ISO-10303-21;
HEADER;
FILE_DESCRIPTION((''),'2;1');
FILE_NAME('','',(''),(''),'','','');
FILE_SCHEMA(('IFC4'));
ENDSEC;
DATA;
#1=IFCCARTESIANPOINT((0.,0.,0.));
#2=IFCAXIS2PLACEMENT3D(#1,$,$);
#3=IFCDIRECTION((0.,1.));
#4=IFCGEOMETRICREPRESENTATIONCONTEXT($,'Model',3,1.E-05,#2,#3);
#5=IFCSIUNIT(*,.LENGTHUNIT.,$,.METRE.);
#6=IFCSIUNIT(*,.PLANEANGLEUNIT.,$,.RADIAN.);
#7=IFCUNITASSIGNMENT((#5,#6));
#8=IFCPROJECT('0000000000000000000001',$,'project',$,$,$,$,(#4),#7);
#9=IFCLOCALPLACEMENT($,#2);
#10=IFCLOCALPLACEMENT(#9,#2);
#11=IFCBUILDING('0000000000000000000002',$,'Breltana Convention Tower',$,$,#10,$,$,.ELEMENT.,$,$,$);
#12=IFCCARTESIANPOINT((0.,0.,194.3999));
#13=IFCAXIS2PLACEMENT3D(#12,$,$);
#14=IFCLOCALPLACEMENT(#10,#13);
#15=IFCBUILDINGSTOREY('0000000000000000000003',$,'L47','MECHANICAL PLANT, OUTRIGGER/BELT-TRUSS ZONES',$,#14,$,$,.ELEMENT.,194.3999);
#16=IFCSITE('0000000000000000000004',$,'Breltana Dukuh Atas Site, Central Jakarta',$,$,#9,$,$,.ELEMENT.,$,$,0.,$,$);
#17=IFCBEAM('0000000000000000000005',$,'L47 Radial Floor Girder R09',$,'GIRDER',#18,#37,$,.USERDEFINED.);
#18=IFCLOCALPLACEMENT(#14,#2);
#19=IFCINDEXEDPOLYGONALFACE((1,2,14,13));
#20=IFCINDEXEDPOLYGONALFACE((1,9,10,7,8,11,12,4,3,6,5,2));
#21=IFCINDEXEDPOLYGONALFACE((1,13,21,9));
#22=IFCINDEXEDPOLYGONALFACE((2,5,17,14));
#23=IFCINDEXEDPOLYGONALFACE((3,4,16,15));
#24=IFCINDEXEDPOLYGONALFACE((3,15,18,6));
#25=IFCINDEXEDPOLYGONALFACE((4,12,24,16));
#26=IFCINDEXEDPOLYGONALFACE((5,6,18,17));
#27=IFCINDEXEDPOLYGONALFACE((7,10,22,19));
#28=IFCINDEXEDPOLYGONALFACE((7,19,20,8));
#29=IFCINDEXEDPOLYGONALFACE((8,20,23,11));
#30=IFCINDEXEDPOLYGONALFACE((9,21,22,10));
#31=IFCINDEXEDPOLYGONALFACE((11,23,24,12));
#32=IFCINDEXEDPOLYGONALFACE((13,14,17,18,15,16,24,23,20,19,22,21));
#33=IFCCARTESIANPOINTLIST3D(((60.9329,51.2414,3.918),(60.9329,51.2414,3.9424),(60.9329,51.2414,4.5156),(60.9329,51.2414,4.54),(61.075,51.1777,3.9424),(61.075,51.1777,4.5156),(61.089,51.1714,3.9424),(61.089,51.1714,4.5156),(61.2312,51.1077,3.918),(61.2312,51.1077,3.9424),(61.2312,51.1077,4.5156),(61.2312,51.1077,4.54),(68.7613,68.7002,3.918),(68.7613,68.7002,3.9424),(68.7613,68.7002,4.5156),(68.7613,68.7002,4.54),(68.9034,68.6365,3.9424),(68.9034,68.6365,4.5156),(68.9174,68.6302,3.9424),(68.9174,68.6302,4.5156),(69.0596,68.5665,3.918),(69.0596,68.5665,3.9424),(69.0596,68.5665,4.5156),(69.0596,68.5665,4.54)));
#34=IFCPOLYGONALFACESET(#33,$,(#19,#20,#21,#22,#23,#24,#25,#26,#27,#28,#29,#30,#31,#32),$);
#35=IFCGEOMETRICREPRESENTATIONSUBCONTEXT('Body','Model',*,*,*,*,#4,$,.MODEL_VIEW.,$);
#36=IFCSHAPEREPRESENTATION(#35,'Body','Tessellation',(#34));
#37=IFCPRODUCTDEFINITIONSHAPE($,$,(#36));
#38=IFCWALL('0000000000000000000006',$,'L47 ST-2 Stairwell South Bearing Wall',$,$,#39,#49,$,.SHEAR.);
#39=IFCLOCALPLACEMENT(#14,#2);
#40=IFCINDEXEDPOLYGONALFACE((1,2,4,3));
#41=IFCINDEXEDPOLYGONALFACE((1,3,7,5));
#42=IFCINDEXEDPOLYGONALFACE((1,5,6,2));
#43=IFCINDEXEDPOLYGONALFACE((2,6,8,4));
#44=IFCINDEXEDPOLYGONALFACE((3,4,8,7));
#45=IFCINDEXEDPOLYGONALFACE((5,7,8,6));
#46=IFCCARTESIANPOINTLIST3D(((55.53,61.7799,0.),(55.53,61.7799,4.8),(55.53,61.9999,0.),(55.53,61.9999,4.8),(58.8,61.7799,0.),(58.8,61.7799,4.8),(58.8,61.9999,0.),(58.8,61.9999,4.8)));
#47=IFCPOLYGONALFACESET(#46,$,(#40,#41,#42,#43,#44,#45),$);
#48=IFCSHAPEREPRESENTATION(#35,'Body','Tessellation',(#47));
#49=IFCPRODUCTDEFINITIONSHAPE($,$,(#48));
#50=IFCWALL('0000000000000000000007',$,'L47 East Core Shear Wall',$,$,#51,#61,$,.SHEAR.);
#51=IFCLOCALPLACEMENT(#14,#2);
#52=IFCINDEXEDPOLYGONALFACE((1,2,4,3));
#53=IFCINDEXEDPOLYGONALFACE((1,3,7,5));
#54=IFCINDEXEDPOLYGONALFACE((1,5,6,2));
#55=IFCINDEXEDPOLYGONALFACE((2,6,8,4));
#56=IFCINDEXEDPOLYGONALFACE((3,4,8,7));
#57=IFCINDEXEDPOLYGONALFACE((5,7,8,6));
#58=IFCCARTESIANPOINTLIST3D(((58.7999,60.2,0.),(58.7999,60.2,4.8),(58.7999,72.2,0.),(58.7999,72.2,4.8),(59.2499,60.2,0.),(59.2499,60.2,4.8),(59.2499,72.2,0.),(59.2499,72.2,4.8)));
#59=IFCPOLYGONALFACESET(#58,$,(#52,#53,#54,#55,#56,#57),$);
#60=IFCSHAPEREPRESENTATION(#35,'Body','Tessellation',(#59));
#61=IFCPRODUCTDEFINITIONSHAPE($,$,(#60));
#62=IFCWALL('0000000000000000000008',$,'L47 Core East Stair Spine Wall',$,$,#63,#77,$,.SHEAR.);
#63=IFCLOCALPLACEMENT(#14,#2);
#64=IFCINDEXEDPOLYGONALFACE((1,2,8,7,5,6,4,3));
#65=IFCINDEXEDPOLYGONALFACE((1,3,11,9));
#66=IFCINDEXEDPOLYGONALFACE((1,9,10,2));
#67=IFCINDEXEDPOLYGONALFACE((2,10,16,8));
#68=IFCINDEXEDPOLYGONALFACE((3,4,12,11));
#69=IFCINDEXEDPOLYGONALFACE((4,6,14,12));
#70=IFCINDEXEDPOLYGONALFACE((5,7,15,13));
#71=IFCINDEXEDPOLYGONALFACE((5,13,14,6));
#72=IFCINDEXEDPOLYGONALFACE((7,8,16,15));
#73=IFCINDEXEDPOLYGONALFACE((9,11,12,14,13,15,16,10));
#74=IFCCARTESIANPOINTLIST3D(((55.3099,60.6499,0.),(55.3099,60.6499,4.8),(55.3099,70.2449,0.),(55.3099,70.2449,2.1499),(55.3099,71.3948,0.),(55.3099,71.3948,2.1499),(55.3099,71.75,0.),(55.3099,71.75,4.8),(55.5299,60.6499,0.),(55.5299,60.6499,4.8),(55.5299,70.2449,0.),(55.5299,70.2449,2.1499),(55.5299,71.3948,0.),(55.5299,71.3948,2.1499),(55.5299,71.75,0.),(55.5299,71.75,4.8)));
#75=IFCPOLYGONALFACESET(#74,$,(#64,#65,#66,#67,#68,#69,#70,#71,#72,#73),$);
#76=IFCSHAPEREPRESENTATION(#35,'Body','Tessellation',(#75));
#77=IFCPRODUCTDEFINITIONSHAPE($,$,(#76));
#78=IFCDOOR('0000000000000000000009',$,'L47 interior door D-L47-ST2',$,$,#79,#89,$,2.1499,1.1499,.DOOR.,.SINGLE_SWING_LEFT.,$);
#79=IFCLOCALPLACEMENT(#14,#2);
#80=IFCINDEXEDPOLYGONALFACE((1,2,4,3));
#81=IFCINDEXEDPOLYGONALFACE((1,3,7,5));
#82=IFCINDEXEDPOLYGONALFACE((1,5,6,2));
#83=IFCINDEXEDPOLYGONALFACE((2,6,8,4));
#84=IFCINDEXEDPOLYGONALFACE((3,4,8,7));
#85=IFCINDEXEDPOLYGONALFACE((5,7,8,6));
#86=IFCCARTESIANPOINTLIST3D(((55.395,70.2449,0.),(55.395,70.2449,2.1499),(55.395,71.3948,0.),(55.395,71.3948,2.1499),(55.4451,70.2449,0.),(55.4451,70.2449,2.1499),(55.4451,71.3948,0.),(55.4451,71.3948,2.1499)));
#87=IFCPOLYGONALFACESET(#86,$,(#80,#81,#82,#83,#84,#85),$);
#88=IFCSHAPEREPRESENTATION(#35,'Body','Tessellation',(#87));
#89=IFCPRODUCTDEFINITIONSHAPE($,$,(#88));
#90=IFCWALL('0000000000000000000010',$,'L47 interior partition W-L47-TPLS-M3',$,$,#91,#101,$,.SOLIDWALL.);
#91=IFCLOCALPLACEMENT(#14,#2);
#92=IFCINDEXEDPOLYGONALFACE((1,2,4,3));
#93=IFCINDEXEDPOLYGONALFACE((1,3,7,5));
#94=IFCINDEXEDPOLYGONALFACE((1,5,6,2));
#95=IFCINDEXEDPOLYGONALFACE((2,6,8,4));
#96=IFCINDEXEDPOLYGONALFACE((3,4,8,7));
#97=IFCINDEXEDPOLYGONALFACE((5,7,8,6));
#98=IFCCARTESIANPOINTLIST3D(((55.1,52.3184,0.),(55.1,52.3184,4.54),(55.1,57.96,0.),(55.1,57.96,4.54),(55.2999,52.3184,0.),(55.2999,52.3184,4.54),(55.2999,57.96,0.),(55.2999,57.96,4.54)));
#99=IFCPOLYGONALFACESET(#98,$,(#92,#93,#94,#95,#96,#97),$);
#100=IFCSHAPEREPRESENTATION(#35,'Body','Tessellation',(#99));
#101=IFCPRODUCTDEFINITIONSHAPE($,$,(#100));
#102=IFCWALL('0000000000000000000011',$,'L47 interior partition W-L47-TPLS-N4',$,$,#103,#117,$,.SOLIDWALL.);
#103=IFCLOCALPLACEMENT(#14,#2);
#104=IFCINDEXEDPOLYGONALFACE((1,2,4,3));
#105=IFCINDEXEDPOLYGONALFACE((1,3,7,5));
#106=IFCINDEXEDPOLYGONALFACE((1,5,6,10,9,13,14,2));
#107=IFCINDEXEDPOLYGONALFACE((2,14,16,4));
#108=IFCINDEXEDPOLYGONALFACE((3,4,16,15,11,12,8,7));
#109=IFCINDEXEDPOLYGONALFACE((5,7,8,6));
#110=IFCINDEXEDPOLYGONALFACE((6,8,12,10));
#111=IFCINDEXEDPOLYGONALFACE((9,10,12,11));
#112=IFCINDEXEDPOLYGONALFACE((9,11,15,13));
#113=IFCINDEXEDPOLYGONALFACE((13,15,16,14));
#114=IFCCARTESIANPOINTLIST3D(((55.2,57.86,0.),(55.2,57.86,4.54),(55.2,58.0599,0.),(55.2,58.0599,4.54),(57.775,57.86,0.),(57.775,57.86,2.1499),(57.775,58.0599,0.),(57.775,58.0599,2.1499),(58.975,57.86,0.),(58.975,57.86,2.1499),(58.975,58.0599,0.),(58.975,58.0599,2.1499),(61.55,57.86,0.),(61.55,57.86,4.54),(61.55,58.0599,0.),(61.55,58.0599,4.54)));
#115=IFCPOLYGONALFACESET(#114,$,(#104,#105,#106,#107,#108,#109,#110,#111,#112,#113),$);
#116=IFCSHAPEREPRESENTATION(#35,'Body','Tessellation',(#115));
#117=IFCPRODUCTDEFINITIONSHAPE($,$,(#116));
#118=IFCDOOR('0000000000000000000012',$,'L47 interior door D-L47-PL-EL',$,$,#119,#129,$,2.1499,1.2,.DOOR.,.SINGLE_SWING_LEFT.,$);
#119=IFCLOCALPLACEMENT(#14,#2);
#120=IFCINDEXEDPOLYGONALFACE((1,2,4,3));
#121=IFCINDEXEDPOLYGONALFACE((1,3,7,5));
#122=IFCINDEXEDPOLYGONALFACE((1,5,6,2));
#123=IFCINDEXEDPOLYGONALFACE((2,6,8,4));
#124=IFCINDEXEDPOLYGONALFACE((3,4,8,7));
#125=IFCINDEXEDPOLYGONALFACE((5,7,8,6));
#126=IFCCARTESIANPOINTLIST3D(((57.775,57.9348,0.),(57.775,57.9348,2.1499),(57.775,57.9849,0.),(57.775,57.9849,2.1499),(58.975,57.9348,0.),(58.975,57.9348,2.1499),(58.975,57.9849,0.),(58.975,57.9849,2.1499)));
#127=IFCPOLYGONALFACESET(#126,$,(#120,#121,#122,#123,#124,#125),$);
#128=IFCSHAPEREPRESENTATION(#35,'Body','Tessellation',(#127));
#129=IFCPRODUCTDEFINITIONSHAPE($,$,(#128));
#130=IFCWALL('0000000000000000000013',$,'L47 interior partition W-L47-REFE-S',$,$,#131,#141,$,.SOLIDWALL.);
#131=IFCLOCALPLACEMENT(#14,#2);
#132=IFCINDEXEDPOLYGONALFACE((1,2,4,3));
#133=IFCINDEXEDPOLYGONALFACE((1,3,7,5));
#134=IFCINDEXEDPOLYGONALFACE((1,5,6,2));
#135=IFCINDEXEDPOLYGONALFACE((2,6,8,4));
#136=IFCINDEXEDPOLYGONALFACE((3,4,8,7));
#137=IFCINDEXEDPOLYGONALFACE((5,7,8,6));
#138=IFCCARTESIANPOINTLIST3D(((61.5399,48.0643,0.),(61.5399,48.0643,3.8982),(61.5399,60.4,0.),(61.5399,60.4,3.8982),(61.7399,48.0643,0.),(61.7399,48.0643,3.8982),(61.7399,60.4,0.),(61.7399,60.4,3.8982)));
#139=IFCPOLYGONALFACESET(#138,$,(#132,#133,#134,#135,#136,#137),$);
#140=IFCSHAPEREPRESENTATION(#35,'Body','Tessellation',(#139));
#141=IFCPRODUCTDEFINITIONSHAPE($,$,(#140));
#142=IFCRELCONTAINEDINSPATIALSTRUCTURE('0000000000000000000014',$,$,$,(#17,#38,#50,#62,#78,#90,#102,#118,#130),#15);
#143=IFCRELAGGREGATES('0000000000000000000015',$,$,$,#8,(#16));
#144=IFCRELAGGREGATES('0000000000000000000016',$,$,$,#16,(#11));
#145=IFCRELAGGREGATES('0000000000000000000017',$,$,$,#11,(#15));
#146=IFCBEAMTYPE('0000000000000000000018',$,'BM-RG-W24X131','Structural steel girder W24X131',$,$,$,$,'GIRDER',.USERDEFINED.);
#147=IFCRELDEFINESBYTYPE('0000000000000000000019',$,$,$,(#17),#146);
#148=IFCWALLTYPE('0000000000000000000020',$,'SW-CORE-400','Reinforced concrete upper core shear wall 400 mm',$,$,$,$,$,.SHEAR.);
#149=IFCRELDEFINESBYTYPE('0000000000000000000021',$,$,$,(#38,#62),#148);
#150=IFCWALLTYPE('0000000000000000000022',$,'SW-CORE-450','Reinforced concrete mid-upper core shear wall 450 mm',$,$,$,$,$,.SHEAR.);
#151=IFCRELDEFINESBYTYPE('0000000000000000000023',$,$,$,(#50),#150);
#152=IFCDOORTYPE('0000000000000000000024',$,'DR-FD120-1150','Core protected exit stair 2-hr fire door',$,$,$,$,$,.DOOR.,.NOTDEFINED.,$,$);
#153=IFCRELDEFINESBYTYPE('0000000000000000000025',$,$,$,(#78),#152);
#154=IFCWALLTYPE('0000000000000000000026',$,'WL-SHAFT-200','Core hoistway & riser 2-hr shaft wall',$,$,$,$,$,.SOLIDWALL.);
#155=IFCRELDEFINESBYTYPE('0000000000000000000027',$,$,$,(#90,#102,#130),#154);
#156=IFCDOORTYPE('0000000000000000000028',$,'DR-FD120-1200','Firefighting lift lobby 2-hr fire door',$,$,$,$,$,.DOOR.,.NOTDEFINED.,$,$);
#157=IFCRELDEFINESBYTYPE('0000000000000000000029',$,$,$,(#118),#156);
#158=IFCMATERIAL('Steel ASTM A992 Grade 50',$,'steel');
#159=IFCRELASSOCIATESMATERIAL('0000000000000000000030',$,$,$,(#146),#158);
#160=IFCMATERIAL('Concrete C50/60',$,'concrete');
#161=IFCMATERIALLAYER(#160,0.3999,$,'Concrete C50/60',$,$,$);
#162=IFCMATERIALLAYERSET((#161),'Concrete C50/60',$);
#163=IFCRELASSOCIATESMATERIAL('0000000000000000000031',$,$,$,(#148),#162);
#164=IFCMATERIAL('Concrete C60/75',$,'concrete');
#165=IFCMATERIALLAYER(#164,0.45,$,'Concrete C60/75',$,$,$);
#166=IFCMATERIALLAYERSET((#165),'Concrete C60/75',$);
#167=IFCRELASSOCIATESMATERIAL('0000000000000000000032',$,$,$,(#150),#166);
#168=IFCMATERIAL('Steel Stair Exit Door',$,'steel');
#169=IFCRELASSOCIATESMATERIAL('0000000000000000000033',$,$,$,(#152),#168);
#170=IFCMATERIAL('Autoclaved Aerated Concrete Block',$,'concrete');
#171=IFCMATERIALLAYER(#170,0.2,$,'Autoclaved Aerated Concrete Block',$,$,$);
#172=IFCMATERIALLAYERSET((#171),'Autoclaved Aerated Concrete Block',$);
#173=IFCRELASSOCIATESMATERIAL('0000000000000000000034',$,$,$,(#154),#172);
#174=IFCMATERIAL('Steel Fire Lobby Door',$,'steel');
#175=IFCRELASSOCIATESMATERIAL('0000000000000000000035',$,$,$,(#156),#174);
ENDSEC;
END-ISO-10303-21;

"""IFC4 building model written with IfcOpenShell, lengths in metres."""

from ifc_helpers import new_model, si_unit, direction, frame, frame_2d, origin, origin_2d, place, context, subcontext, project, spatial, rectangle, i_section, extrude, source, transform, mapped, material, layer, layer_set, material_profile, profile_set, type_object, type_shapes, element, fill, save


model = new_model("IFC4")

# Units and contexts
model_context = context("Model", 3, precision=1e-05, world=origin(), true_north=direction((0.0, 1.0)))
body_context = subcontext(model_context, "Body", "Model", "MODEL_VIEW")
ifc_project = project(units=[si_unit("LENGTHUNIT", "METRE"), si_unit("PLANEANGLEUNIT", "RADIAN")], contexts=[model_context])

# Site, building, storey
site_placement = place(None, origin())
site = spatial("IfcSite", under=ifc_project, at=site_placement, Name="Breltana Dukuh Atas Site, Central Jakarta", CompositionType="ELEMENT", RefElevation=0.0)
building_placement = place(site_placement, origin())
building = spatial("IfcBuilding", under=site, at=building_placement, Name="Breltana Convention Tower", CompositionType="ELEMENT")
storey_placement = place(building_placement, frame((0.0, 0.0, 194.3999)))
storey = spatial("IfcBuildingStorey", under=building, at=storey_placement, Name="L47", Description="MECHANICAL PLANT, OUTRIGGER/BELT-TRUSS ZONES", CompositionType="ELEMENT", Elevation=194.3999)

# Shared definitions
ifc_material_1 = material(Name="Concrete C50/60", Category="concrete")

# Beam
ifc_material_2 = material(Name="Steel ASTM A992 Grade 50", Category="steel")
ifc_material_profile_1 = material_profile(ifc_material_2, i_section(OverallWidth=0.3269, OverallDepth=0.6221, WebThickness=0.0154, FlangeThickness=0.0244, at=origin_2d()), Name="W24X131")
ifc_profile_set_1 = profile_set([ifc_material_profile_1], Name="Steel ASTM A992 Grade 50")
beam_type_1 = type_object("IfcBeamType", Name="BM-RG-W24X131", Description="Structural steel girder W24X131", ElementType="GIRDER", PredefinedType="USERDEFINED", material=ifc_profile_set_1)
shared_shape_1 = source(origin(), body_context, "Body", "SweptSolid", [
    extrude(i_section(OverallWidth=0.3269, OverallDepth=0.6221, WebThickness=0.0154, FlangeThickness=0.0244, at=origin_2d()), origin(), (0.0, 0.0, 1.0), 19.1335),
])
beam_1_placement = place(storey_placement, frame((61.082, 51.1746, 4.229), z_axis=(0.409145, 0.91247, 0.0), x_axis=(-0.91247, 0.409145, 0.0)))
element("IfcBeam", 1, at=beam_1_placement, inside=storey, type_object=beam_type_1, Name="L47 Radial Floor Girder R09", ObjectType="GIRDER", PredefinedType="USERDEFINED", context=body_context, shape_type="MappedRepresentation", body=[
    mapped(shared_shape_1, transform((0.0, 0.0, 0.0), scale=1.0)),
])

# Walls
ifc_layer_1 = layer(ifc_material_1, 0.3999, Name="Concrete C50/60")
ifc_layer_set_1 = layer_set([ifc_layer_1], Name="Concrete C50/60")
wall_type_1 = type_object("IfcWallType", Name="SW-CORE-400", Description="Reinforced concrete upper core shear wall 400 mm", PredefinedType="SHEAR", material=ifc_layer_set_1)
shared_shape_2 = source(origin(), body_context, "Body", "SweptSolid", [
    extrude(rectangle(XDim=3.27, YDim=0.22, at=frame_2d((1.635, 0.0))), origin(), (0.0, 0.0, 1.0), 4.8),
])
wall_1_placement = place(storey_placement, frame((55.53, 61.8899, 0.0), z_axis=(0.0, 0.0, 1.0), x_axis=(1.0, 0.0, 0.0)))
element("IfcWall", 2, at=wall_1_placement, inside=storey, type_object=wall_type_1, Name="L47 ST-2 Stairwell South Bearing Wall", PredefinedType="SHEAR", context=body_context, shape_type="MappedRepresentation", body=[
    mapped(shared_shape_2, transform((0.0, 0.0, 0.0), scale=1.0)),
])
ifc_material_3 = material(Name="Concrete C60/75", Category="concrete")
ifc_layer_2 = layer(ifc_material_3, 0.45, Name="Concrete C60/75")
ifc_layer_set_2 = layer_set([ifc_layer_2], Name="Concrete C60/75")
wall_type_2 = type_object("IfcWallType", Name="SW-CORE-450", Description="Reinforced concrete mid-upper core shear wall 450 mm", PredefinedType="SHEAR", material=ifc_layer_set_2)
shared_shape_3 = source(origin(), body_context, "Body", "SweptSolid", [
    extrude(rectangle(XDim=12.0, YDim=0.45, at=frame_2d((6.0, 0.0))), origin(), (0.0, 0.0, 1.0), 4.8),
])
wall_2_placement = place(storey_placement, frame((59.0249, 60.2, 0.0), z_axis=(0.0, 0.0, 1.0), x_axis=(0.0, 1.0, 0.0)))
element("IfcWall", 3, at=wall_2_placement, inside=storey, type_object=wall_type_2, Name="L47 East Core Shear Wall", PredefinedType="SHEAR", context=body_context, shape_type="MappedRepresentation", body=[
    mapped(shared_shape_3, transform((0.0, 0.0, 0.0), scale=1.0)),
])

# Wall, opening, door
shared_shape_4 = source(origin(), body_context, "Body", "SweptSolid", [
    extrude(rectangle(XDim=11.1001, YDim=0.22, at=frame_2d((5.55, 0.0))), origin(), (0.0, 0.0, 1.0), 4.8),
])
wall_3_placement = place(storey_placement, frame((55.4199, 60.6499, 0.0), z_axis=(0.0, 0.0, 1.0), x_axis=(0.0, 1.0, 0.0)))
wall_3 = element("IfcWall", 4, at=wall_3_placement, inside=storey, type_object=wall_type_1, Name="L47 Core East Stair Spine Wall", PredefinedType="SHEAR", context=body_context, shape_type="MappedRepresentation", body=[
    mapped(shared_shape_4, transform((0.0, 0.0, 0.0), scale=1.0)),
])
opening_1_placement = place(wall_3_placement, frame((9.595, 0.0, 0.0)))
opening_1 = element("IfcOpeningElement", 5, at=opening_1_placement, cuts=wall_3, PredefinedType="OPENING", context=body_context, shape_type="SweptSolid", body=[
    extrude(rectangle(XDim=1.1499, YDim=2.1499, at=frame_2d((0.575, 1.075))), frame((0.0, 0.1201, 0.0), z_axis=(0.0, -1.0, 0.0), x_axis=(1.0, 0.0, 0.0)), (0.0, 0.0, 1.0), 0.24),
])
ifc_material_4 = material(Name="Steel Stair Exit Door", Category="steel")
door_type_1 = type_object("IfcDoorType", Name="DR-FD120-1150", Description="Core protected exit stair 2-hr fire door", OperationType="NOTDEFINED", PredefinedType="DOOR", material=ifc_material_4)
shared_shape_5 = source(origin(), body_context, "Body", "SweptSolid", [
    extrude(rectangle(XDim=1.1499, YDim=2.1499, at=frame_2d((0.575, 1.075))), frame((0.0, 0.0249, 0.0), z_axis=(0.0, -1.0, 0.0), x_axis=(1.0, 0.0, 0.0)), (0.0, 0.0, 1.0), 0.05),
])
type_shapes(door_type_1, [shared_shape_5])
door_1_placement = place(opening_1_placement, origin())
door_1 = element("IfcDoor", 6, at=door_1_placement, inside=storey, type_object=door_type_1, Name="L47 interior door D-L47-ST2", OperationType="SINGLE_SWING_LEFT", OverallHeight=2.1499, OverallWidth=1.1499, PredefinedType="DOOR", context=body_context, shape_type="MappedRepresentation", body=[
    mapped(shared_shape_5, transform((0.0, 0.0, 0.0), scale=1.0)),
])
fill(opening_1, door_1)

# Wall
ifc_material_5 = material(Name="Autoclaved Aerated Concrete Block", Category="concrete")
ifc_layer_3 = layer(ifc_material_5, 0.2, Name="Autoclaved Aerated Concrete Block")
ifc_layer_set_3 = layer_set([ifc_layer_3], Name="Autoclaved Aerated Concrete Block")
wall_type_3 = type_object("IfcWallType", Name="WL-SHAFT-200", Description="Core hoistway & riser 2-hr shaft wall", PredefinedType="SOLIDWALL", material=ifc_layer_set_3)
shared_shape_6 = source(origin(), body_context, "Body", "SweptSolid", [
    extrude(rectangle(XDim=5.6416, YDim=0.2, at=frame_2d((2.8208, 0.0))), origin(), (0.0, 0.0, 1.0), 4.54),
])
wall_4_placement = place(storey_placement, frame((55.2, 52.3184, 0.0), z_axis=(0.0, 0.0, 1.0), x_axis=(0.0, 1.0, 0.0)))
element("IfcWall", 7, at=wall_4_placement, inside=storey, type_object=wall_type_3, Name="L47 interior partition W-L47-TPLS-M3", PredefinedType="SOLIDWALL", context=body_context, shape_type="MappedRepresentation", body=[
    mapped(shared_shape_6, transform((0.0, 0.0, 0.0), scale=1.0)),
])

# Wall, opening, door
shared_shape_7 = source(origin(), body_context, "Body", "SweptSolid", [
    extrude(rectangle(XDim=6.3501, YDim=0.2, at=frame_2d((3.175, 0.0))), origin(), (0.0, 0.0, 1.0), 4.54),
])
wall_5_placement = place(storey_placement, frame((55.2, 57.96, 0.0), z_axis=(0.0, 0.0, 1.0), x_axis=(1.0, 0.0, 0.0)))
wall_5 = element("IfcWall", 8, at=wall_5_placement, inside=storey, type_object=wall_type_3, Name="L47 interior partition W-L47-TPLS-N4", PredefinedType="SOLIDWALL", context=body_context, shape_type="MappedRepresentation", body=[
    mapped(shared_shape_7, transform((0.0, 0.0, 0.0), scale=1.0)),
])
opening_2_placement = place(wall_5_placement, frame((2.575, 0.0, 0.0)))
opening_2 = element("IfcOpeningElement", 9, at=opening_2_placement, cuts=wall_5, PredefinedType="OPENING", context=body_context, shape_type="SweptSolid", body=[
    extrude(rectangle(XDim=1.2, YDim=2.1499, at=frame_2d((0.6001, 1.075))), frame((0.0, 0.1099, 0.0), z_axis=(0.0, -1.0, 0.0), x_axis=(1.0, 0.0, 0.0)), (0.0, 0.0, 1.0), 0.22),
])
ifc_material_6 = material(Name="Steel Fire Lobby Door", Category="steel")
door_type_2 = type_object("IfcDoorType", Name="DR-FD120-1200", Description="Firefighting lift lobby 2-hr fire door", OperationType="NOTDEFINED", PredefinedType="DOOR", material=ifc_material_6)
shared_shape_8 = source(origin(), body_context, "Body", "SweptSolid", [
    extrude(rectangle(XDim=1.2, YDim=2.1499, at=frame_2d((0.6001, 1.075))), frame((0.0, 0.0249, 0.0), z_axis=(0.0, -1.0, 0.0), x_axis=(1.0, 0.0, 0.0)), (0.0, 0.0, 1.0), 0.05),
])
type_shapes(door_type_2, [shared_shape_8])
door_2_placement = place(opening_2_placement, origin())
door_2 = element("IfcDoor", 10, at=door_2_placement, inside=storey, type_object=door_type_2, Name="L47 interior door D-L47-PL-EL", OperationType="SINGLE_SWING_LEFT", OverallHeight=2.1499, OverallWidth=1.2, PredefinedType="DOOR", context=body_context, shape_type="MappedRepresentation", body=[
    mapped(shared_shape_8, transform((0.0, 0.0, 0.0), scale=1.0)),
])
fill(opening_2, door_2)

# Wall
shared_shape_9 = source(origin(), body_context, "Body", "SweptSolid", [
    extrude(rectangle(XDim=12.3357, YDim=0.2, at=frame_2d((6.168, 0.0))), origin(), (0.0, 0.0, 1.0), 3.8982),
])
wall_6_placement = place(storey_placement, frame((61.6399, 48.0642, 0.0), z_axis=(0.0, 0.0, 1.0), x_axis=(0.0, 1.0, 0.0)))
element("IfcWall", 11, at=wall_6_placement, inside=storey, type_object=wall_type_3, Name="L47 interior partition W-L47-REFE-S", PredefinedType="SOLIDWALL", context=body_context, shape_type="MappedRepresentation", body=[
    mapped(shared_shape_9, transform((0.0, 0.0, 0.0), scale=1.0)),
])

save(model, "model.ifc")
